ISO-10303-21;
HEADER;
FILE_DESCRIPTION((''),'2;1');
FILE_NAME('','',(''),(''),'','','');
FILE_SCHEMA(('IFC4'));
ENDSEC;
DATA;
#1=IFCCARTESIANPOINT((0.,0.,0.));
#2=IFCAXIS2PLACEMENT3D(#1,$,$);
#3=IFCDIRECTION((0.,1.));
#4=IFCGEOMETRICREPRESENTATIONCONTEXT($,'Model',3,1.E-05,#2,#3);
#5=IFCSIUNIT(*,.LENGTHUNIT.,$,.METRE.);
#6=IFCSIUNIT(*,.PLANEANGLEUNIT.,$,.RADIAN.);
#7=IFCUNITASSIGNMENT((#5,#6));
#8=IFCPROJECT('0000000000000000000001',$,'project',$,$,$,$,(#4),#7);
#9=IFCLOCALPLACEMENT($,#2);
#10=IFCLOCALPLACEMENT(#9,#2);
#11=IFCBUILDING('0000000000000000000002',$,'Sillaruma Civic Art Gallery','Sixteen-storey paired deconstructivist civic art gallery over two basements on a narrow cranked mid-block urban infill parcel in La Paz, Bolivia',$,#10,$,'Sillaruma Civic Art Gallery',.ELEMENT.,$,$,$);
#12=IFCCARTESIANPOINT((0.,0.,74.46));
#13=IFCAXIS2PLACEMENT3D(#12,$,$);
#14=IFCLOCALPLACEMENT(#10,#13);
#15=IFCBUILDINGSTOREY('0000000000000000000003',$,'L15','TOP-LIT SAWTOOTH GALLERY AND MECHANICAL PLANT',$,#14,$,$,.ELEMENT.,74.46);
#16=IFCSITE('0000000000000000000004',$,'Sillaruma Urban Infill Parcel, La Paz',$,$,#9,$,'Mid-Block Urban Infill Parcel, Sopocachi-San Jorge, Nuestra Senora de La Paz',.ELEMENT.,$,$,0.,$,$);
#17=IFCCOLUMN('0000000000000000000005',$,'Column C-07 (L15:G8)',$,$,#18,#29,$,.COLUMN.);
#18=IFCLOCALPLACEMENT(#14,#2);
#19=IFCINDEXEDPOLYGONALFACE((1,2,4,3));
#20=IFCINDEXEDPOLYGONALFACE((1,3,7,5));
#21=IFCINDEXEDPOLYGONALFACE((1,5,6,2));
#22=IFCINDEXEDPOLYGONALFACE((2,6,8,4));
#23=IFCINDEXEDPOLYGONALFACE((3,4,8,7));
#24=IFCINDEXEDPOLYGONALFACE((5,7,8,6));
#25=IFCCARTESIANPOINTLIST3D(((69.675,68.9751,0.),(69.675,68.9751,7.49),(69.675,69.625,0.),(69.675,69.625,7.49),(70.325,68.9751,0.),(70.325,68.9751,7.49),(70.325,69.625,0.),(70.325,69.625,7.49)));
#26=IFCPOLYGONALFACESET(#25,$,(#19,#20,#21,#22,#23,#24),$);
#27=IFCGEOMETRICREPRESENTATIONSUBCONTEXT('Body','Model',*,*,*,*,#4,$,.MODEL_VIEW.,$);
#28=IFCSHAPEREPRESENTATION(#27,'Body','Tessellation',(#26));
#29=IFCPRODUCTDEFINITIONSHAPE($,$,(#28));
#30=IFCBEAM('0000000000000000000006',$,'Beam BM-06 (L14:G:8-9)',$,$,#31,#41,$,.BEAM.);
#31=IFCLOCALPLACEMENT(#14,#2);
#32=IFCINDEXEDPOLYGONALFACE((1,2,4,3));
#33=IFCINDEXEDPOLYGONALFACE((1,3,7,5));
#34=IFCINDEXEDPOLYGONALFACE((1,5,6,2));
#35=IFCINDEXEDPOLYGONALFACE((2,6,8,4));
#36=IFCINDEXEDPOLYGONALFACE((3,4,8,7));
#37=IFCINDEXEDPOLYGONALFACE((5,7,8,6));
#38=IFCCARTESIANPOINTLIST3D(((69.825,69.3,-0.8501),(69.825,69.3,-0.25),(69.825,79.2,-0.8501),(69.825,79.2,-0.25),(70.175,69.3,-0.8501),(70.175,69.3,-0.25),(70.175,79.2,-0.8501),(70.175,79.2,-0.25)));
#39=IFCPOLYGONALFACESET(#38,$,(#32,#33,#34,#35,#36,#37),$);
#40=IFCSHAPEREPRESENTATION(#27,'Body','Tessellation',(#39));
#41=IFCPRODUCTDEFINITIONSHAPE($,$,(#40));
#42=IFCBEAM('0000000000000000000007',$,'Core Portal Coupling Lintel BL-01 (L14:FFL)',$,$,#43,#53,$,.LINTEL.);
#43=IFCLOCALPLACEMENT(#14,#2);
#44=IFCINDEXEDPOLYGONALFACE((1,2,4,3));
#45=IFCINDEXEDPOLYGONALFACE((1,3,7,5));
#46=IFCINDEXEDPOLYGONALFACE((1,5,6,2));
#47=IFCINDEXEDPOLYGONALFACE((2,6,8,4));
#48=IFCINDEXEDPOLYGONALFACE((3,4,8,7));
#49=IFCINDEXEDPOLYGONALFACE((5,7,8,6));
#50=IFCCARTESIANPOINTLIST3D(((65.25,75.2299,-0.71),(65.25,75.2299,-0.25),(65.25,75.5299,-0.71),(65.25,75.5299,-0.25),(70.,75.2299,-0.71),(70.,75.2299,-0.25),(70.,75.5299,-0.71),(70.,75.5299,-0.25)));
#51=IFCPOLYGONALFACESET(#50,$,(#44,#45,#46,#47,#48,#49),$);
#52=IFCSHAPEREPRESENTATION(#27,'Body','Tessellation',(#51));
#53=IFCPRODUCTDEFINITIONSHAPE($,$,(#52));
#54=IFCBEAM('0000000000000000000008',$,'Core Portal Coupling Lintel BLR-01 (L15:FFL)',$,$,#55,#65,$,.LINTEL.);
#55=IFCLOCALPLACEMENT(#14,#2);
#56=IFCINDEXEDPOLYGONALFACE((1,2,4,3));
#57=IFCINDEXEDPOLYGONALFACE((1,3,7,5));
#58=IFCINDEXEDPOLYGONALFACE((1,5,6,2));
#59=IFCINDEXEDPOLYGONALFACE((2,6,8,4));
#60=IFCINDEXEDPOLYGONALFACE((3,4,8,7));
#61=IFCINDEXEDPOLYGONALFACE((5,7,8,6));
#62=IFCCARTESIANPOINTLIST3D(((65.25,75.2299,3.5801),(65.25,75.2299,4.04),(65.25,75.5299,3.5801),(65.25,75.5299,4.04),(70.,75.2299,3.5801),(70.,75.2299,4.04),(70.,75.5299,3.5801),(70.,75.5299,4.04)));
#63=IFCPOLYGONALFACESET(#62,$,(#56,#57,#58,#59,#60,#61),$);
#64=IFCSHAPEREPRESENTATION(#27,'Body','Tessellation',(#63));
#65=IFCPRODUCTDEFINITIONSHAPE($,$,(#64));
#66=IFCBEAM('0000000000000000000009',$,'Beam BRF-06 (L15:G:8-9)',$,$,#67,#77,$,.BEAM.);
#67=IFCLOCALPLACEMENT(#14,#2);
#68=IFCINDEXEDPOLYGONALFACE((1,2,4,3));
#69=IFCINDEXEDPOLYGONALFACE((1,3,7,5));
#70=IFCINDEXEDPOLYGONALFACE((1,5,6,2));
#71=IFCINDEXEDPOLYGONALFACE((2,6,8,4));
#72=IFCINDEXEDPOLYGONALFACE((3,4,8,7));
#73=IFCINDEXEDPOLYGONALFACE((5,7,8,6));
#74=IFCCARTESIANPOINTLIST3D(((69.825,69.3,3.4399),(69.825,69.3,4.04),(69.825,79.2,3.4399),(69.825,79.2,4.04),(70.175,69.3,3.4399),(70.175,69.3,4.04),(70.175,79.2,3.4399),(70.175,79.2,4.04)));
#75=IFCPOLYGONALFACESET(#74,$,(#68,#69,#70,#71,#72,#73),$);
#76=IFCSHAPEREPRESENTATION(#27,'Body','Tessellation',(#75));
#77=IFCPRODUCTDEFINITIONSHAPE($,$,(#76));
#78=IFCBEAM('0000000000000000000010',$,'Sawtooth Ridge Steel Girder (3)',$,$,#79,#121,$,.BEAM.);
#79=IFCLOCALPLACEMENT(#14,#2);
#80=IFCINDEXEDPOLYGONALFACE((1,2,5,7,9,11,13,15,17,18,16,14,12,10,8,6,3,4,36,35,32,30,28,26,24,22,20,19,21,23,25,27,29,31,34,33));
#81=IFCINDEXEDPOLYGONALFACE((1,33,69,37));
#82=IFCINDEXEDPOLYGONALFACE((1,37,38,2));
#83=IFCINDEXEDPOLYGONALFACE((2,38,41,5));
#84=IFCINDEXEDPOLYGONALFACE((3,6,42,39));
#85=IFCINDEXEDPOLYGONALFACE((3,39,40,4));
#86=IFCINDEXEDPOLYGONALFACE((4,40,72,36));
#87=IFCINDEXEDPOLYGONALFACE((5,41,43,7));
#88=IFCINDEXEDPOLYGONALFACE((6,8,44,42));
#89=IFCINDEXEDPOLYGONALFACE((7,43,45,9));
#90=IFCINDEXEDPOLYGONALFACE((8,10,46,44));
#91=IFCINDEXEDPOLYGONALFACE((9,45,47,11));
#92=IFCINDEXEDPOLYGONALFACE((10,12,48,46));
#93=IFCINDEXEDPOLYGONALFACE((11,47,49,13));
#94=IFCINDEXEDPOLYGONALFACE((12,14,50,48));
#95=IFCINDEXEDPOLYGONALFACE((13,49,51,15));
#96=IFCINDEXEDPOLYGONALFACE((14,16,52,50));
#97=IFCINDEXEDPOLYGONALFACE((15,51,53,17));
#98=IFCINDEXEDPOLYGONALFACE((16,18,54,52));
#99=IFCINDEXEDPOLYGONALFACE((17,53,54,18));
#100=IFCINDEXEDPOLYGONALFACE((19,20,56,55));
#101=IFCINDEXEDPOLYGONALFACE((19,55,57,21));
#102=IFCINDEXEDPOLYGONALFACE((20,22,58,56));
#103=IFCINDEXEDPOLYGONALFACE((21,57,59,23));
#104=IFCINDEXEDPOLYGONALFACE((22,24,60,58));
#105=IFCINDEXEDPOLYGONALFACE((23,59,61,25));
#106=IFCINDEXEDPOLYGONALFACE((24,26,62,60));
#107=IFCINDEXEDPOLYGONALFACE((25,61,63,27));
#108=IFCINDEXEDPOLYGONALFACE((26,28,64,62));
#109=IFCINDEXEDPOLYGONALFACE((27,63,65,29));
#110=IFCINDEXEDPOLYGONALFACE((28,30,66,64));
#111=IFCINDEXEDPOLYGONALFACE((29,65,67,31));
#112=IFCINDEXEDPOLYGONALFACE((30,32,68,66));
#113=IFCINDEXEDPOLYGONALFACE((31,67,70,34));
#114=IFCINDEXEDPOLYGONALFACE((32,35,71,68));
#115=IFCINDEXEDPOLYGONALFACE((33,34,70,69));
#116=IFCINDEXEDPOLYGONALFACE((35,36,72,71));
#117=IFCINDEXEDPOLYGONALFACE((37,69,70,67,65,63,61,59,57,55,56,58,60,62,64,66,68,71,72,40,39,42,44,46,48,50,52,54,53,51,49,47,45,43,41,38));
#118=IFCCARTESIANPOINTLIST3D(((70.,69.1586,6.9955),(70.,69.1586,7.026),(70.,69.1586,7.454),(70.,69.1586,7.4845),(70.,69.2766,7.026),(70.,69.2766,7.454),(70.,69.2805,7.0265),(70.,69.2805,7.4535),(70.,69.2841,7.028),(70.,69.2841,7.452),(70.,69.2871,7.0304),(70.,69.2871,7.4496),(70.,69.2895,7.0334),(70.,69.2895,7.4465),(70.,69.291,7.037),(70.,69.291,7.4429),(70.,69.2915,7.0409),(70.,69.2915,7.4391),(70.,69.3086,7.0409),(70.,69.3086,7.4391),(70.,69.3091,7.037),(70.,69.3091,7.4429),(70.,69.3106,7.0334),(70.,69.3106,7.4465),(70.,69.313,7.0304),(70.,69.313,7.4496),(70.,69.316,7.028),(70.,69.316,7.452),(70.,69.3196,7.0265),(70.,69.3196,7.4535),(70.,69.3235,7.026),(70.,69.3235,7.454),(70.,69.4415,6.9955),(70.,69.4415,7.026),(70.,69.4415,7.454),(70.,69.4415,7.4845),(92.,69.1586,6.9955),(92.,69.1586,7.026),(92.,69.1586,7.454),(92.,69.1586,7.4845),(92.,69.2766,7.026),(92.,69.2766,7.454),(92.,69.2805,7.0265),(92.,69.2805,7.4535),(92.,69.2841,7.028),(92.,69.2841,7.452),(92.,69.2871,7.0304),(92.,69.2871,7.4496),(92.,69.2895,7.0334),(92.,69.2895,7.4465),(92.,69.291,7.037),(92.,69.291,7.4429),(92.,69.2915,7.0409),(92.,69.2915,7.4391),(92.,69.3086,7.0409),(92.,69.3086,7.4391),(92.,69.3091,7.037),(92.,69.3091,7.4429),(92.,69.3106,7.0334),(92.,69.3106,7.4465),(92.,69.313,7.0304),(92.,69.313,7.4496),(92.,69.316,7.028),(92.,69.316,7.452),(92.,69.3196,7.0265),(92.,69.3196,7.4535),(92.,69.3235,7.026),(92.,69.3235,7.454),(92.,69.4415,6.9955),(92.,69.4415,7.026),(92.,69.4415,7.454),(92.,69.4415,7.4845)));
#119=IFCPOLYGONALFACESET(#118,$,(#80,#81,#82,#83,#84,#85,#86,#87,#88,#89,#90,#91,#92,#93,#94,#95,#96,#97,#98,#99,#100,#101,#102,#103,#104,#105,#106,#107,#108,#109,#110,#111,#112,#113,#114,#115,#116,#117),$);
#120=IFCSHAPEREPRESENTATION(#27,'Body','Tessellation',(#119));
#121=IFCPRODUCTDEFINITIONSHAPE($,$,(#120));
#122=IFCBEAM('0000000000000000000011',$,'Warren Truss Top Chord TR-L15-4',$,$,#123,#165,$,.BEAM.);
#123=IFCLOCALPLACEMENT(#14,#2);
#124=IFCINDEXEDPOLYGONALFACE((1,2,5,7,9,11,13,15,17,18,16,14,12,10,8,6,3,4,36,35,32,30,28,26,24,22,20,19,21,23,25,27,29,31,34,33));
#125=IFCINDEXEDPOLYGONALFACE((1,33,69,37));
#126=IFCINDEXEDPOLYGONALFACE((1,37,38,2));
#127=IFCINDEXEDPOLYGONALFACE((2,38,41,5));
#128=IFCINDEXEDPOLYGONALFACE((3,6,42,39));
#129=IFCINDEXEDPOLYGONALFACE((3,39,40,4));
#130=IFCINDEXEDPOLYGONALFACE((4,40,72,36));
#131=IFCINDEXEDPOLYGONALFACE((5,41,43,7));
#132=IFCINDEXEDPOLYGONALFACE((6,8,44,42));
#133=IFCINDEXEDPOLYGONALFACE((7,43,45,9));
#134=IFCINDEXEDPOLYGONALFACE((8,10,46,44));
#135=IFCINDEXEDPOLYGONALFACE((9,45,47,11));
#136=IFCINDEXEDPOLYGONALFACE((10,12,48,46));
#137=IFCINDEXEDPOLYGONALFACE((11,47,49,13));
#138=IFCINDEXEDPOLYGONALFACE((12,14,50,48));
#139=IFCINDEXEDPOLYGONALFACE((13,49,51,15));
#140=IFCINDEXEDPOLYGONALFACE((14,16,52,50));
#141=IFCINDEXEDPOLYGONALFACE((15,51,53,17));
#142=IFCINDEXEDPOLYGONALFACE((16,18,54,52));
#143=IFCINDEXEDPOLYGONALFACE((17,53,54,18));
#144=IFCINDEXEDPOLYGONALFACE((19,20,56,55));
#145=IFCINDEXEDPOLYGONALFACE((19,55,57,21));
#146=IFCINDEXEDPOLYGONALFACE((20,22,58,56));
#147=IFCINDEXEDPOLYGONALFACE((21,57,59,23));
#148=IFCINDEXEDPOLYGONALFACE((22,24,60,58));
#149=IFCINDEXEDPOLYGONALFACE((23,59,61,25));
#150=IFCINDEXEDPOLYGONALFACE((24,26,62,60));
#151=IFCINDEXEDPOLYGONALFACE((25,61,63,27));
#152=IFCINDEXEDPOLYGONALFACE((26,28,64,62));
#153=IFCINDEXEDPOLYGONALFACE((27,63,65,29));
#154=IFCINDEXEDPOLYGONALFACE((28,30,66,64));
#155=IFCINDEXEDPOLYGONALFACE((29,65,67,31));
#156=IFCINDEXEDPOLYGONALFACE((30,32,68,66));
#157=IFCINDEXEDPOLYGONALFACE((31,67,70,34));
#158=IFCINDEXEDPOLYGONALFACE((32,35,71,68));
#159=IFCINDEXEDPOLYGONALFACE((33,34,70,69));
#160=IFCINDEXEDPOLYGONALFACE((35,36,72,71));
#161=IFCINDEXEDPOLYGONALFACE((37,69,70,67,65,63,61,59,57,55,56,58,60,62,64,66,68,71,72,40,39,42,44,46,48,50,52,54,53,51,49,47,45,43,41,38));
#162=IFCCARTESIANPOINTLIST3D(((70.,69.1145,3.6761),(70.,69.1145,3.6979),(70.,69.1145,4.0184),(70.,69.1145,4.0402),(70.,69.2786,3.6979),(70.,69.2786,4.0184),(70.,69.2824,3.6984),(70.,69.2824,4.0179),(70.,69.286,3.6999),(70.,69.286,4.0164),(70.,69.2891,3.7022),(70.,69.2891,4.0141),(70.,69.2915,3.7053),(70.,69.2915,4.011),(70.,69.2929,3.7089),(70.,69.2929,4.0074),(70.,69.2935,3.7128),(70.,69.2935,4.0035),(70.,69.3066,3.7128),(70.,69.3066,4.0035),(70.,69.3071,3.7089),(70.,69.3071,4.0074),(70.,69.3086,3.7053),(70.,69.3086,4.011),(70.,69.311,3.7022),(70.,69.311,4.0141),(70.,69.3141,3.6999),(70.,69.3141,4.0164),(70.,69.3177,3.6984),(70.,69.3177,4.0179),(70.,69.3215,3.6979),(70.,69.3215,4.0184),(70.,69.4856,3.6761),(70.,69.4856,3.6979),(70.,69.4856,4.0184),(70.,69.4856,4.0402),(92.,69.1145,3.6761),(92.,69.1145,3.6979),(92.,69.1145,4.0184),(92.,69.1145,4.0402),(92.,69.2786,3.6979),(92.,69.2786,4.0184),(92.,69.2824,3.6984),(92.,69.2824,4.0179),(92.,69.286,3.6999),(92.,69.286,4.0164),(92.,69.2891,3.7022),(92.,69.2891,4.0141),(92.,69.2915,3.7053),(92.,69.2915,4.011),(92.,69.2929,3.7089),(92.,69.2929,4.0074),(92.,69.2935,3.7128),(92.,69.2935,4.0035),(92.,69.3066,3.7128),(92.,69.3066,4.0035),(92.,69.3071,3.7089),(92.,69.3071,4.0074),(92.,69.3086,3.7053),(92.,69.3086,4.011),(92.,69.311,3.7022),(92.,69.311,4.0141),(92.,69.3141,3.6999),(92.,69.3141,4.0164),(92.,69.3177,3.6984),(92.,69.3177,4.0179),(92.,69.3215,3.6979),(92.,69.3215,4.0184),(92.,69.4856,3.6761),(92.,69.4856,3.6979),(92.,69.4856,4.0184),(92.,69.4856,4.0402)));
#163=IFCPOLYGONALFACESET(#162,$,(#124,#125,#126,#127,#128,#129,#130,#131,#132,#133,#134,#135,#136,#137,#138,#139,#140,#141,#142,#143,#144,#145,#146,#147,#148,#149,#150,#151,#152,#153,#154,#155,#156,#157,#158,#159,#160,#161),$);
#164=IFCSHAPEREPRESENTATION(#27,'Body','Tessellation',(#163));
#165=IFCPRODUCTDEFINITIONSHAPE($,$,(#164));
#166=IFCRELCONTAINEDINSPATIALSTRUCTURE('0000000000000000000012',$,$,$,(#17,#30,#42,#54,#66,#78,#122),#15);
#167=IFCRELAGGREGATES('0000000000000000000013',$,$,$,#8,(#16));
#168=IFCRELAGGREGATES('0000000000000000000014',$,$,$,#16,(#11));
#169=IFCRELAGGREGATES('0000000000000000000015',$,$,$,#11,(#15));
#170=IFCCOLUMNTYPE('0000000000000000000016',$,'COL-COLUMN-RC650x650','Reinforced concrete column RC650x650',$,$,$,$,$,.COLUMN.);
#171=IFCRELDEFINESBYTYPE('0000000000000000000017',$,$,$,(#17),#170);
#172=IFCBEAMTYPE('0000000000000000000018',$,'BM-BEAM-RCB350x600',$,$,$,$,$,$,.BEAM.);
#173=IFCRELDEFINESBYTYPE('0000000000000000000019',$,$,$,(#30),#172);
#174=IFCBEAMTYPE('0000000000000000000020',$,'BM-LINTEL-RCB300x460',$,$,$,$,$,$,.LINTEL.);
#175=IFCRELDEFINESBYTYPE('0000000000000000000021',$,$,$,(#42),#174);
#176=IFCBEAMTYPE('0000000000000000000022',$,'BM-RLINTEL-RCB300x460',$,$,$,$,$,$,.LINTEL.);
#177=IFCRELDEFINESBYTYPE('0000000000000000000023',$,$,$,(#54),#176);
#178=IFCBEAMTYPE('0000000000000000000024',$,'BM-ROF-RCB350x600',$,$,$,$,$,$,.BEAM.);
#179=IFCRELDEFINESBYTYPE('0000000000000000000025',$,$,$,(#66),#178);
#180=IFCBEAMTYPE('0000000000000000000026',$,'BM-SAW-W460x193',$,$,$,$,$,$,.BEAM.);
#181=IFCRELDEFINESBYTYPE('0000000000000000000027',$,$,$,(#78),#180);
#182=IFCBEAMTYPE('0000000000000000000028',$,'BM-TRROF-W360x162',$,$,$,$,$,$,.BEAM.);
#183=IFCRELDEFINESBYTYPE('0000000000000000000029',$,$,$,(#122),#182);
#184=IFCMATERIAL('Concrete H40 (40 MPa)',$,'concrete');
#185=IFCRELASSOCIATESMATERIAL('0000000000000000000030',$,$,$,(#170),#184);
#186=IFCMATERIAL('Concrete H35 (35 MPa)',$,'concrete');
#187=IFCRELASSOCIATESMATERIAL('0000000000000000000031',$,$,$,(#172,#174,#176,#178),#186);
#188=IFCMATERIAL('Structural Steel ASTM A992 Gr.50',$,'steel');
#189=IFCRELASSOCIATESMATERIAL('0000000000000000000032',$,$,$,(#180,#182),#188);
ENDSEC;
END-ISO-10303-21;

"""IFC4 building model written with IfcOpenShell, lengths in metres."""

from ifc_helpers import new_model, si_unit, direction, frame, origin, origin_2d, place, context, subcontext, project, spatial, rectangle, i_section, extrude, material, material_profile, profile_set, type_object, element, save


model = new_model("IFC4")

# Units and contexts
model_context = context("Model", 3, precision=1e-05, world=origin(), true_north=direction((0.0, 1.0)))
body_context = subcontext(model_context, "Body", "Model", "MODEL_VIEW")
ifc_project = project(units=[si_unit("LENGTHUNIT", "METRE"), si_unit("PLANEANGLEUNIT", "RADIAN")], contexts=[model_context])

# Site, building, storey
site_placement = place(None, origin())
site = spatial("IfcSite", under=ifc_project, at=site_placement, Name="Sillaruma Urban Infill Parcel, La Paz", LongName="Mid-Block Urban Infill Parcel, Sopocachi-San Jorge, Nuestra Senora de La Paz", CompositionType="ELEMENT", RefElevation=0.0)
building_placement = place(site_placement, origin())
building = spatial("IfcBuilding", under=site, at=building_placement, Name="Sillaruma Civic Art Gallery", Description="Sixteen-storey paired deconstructivist civic art gallery over two basements on a narrow cranked mid-block urban infill parcel in La Paz, Bolivia", LongName="Sillaruma Civic Art Gallery", CompositionType="ELEMENT")
storey_placement = place(building_placement, frame((0.0, 0.0, 74.46)))
storey = spatial("IfcBuildingStorey", under=building, at=storey_placement, Name="L15", Description="TOP-LIT SAWTOOTH GALLERY AND MECHANICAL PLANT", CompositionType="ELEMENT", Elevation=74.46)

# Column
ifc_material_1 = material(Name="Concrete H40 (40 MPa)", Category="concrete")
ifc_material_profile_1 = material_profile(ifc_material_1, rectangle(XDim=0.6499, YDim=0.6499, at=origin_2d()), Name="RC650x650")
ifc_profile_set_1 = profile_set([ifc_material_profile_1], Name="Concrete H40 (40 MPa)")
column_type = type_object("IfcColumnType", Name="COL-COLUMN-RC650x650", Description="Reinforced concrete column RC650x650", PredefinedType="COLUMN", material=ifc_profile_set_1)
column_placement = place(storey_placement, frame((70.0, 69.3, 0.0), z_axis=(0.0, 0.0, 1.0), x_axis=(1.0, 0.0, 0.0)))
element("IfcColumn", 1, at=column_placement, inside=storey, type_object=column_type, Name="Column C-07 (L15:G8)", PredefinedType="COLUMN", context=body_context, shape_type="SweptSolid", body=[
    extrude(rectangle(XDim=0.6499, YDim=0.6499, at=origin_2d()), origin(), (0.0, 0.0, 1.0), 7.49),
])

# Beams
ifc_material_2 = material(Name="Concrete H35 (35 MPa)", Category="concrete")
ifc_material_profile_2 = material_profile(ifc_material_2, rectangle(XDim=0.3501, YDim=0.6001, at=origin_2d()), Name="RCB350x600")
ifc_profile_set_2 = profile_set([ifc_material_profile_2], Name="Concrete H35 (35 MPa)")
beam_type_1 = type_object("IfcBeamType", Name="BM-BEAM-RCB350x600", PredefinedType="BEAM", material=ifc_profile_set_2)
beam_1_placement = place(storey_placement, frame((70.0, 69.3, -0.55), z_axis=(0.0, 1.0, 0.0), x_axis=(-1.0, 0.0, 0.0)))
element("IfcBeam", 2, at=beam_1_placement, inside=storey, type_object=beam_type_1, Name="Beam BM-06 (L14:G:8-9)", PredefinedType="BEAM", context=body_context, shape_type="SweptSolid", body=[
    extrude(rectangle(XDim=0.3501, YDim=0.6001, at=origin_2d()), origin(), (0.0, 0.0, 1.0), 9.8999),
])
ifc_material_profile_3 = material_profile(ifc_material_2, rectangle(XDim=0.3, YDim=0.46, at=origin_2d()), Name="RCB300x460")
ifc_profile_set_3 = profile_set([ifc_material_profile_3], Name="Concrete H35 (35 MPa)")
beam_type_2 = type_object("IfcBeamType", Name="BM-LINTEL-RCB300x460", PredefinedType="LINTEL", material=ifc_profile_set_3)
beam_2_placement = place(storey_placement, frame((65.25, 75.3799, -0.48), z_axis=(1.0, 0.0, 0.0), x_axis=(0.0, 1.0, 0.0)))
element("IfcBeam", 3, at=beam_2_placement, inside=storey, type_object=beam_type_2, Name="Core Portal Coupling Lintel BL-01 (L14:FFL)", PredefinedType="LINTEL", context=body_context, shape_type="SweptSolid", body=[
    extrude(rectangle(XDim=0.3, YDim=0.46, at=origin_2d()), origin(), (0.0, 0.0, 1.0), 4.75),
])
ifc_material_profile_4 = material_profile(ifc_material_2, rectangle(XDim=0.3, YDim=0.46, at=origin_2d()), Name="RCB300x460")
ifc_profile_set_4 = profile_set([ifc_material_profile_4], Name="Concrete H35 (35 MPa)")
beam_type_3 = type_object("IfcBeamType", Name="BM-RLINTEL-RCB300x460", PredefinedType="LINTEL", material=ifc_profile_set_4)
beam_3_placement = place(storey_placement, frame((65.25, 75.3799, 3.8101), z_axis=(1.0, 0.0, 0.0), x_axis=(0.0, 1.0, 0.0)))
element("IfcBeam", 4, at=beam_3_placement, inside=storey, type_object=beam_type_3, Name="Core Portal Coupling Lintel BLR-01 (L15:FFL)", PredefinedType="LINTEL", context=body_context, shape_type="SweptSolid", body=[
    extrude(rectangle(XDim=0.3, YDim=0.46, at=origin_2d()), origin(), (0.0, 0.0, 1.0), 4.75),
])
ifc_material_profile_5 = material_profile(ifc_material_2, rectangle(XDim=0.3501, YDim=0.6001, at=origin_2d()), Name="RCB350x600")
ifc_profile_set_5 = profile_set([ifc_material_profile_5], Name="Concrete H35 (35 MPa)")
beam_type_4 = type_object("IfcBeamType", Name="BM-ROF-RCB350x600", PredefinedType="BEAM", material=ifc_profile_set_5)
beam_4_placement = place(storey_placement, frame((70.0, 69.3, 3.74), z_axis=(0.0, 1.0, 0.0), x_axis=(-1.0, 0.0, 0.0)))
element("IfcBeam", 5, at=beam_4_placement, inside=storey, type_object=beam_type_4, Name="Beam BRF-06 (L15:G:8-9)", PredefinedType="BEAM", context=body_context, shape_type="SweptSolid", body=[
    extrude(rectangle(XDim=0.3501, YDim=0.6001, at=origin_2d()), origin(), (0.0, 0.0, 1.0), 9.8999),
])
ifc_material_3 = material(Name="Structural Steel ASTM A992 Gr.50", Category="steel")
ifc_material_profile_6 = material_profile(ifc_material_3, i_section(OverallWidth=0.283, OverallDepth=0.489, WebThickness=0.0171, FlangeThickness=0.0305, FilletRadius=0.0149, at=origin_2d()), Name="W460x193")
ifc_profile_set_6 = profile_set([ifc_material_profile_6], Name="Structural Steel ASTM A992 Gr.50")
beam_type_5 = type_object("IfcBeamType", Name="BM-SAW-W460x193", PredefinedType="BEAM", material=ifc_profile_set_6)
beam_5_placement = place(storey_placement, frame((70.0, 69.3, 7.24), z_axis=(1.0, 0.0, 0.0), x_axis=(0.0, 1.0, 0.0)))
element("IfcBeam", 6, at=beam_5_placement, inside=storey, type_object=beam_type_5, Name="Sawtooth Ridge Steel Girder (3)", PredefinedType="BEAM", context=body_context, shape_type="SweptSolid", body=[
    extrude(i_section(OverallWidth=0.283, OverallDepth=0.489, WebThickness=0.0171, FlangeThickness=0.0305, FilletRadius=0.0149, at=origin_2d()), origin(), (0.0, 0.0, 1.0), 22.0),
])
ifc_material_profile_7 = material_profile(ifc_material_3, i_section(OverallWidth=0.3711, OverallDepth=0.364, WebThickness=0.0132, FlangeThickness=0.0217, FilletRadius=0.0149, at=origin_2d()), Name="W360x162")
ifc_profile_set_7 = profile_set([ifc_material_profile_7], Name="Structural Steel ASTM A992 Gr.50")
beam_type_6 = type_object("IfcBeamType", Name="BM-TRROF-W360x162", PredefinedType="BEAM", material=ifc_profile_set_7)
beam_6_placement = place(storey_placement, frame((70.0, 69.3, 3.8582), z_axis=(1.0, 0.0, 0.0), x_axis=(0.0, 1.0, 0.0)))
element("IfcBeam", 7, at=beam_6_placement, inside=storey, type_object=beam_type_6, Name="Warren Truss Top Chord TR-L15-4", PredefinedType="BEAM", context=body_context, shape_type="SweptSolid", body=[
    extrude(i_section(OverallWidth=0.3711, OverallDepth=0.364, WebThickness=0.0132, FlangeThickness=0.0217, FilletRadius=0.0149, at=origin_2d()), origin(), (0.0, 0.0, 1.0), 22.0),
])

save(model, "model.ifc")
